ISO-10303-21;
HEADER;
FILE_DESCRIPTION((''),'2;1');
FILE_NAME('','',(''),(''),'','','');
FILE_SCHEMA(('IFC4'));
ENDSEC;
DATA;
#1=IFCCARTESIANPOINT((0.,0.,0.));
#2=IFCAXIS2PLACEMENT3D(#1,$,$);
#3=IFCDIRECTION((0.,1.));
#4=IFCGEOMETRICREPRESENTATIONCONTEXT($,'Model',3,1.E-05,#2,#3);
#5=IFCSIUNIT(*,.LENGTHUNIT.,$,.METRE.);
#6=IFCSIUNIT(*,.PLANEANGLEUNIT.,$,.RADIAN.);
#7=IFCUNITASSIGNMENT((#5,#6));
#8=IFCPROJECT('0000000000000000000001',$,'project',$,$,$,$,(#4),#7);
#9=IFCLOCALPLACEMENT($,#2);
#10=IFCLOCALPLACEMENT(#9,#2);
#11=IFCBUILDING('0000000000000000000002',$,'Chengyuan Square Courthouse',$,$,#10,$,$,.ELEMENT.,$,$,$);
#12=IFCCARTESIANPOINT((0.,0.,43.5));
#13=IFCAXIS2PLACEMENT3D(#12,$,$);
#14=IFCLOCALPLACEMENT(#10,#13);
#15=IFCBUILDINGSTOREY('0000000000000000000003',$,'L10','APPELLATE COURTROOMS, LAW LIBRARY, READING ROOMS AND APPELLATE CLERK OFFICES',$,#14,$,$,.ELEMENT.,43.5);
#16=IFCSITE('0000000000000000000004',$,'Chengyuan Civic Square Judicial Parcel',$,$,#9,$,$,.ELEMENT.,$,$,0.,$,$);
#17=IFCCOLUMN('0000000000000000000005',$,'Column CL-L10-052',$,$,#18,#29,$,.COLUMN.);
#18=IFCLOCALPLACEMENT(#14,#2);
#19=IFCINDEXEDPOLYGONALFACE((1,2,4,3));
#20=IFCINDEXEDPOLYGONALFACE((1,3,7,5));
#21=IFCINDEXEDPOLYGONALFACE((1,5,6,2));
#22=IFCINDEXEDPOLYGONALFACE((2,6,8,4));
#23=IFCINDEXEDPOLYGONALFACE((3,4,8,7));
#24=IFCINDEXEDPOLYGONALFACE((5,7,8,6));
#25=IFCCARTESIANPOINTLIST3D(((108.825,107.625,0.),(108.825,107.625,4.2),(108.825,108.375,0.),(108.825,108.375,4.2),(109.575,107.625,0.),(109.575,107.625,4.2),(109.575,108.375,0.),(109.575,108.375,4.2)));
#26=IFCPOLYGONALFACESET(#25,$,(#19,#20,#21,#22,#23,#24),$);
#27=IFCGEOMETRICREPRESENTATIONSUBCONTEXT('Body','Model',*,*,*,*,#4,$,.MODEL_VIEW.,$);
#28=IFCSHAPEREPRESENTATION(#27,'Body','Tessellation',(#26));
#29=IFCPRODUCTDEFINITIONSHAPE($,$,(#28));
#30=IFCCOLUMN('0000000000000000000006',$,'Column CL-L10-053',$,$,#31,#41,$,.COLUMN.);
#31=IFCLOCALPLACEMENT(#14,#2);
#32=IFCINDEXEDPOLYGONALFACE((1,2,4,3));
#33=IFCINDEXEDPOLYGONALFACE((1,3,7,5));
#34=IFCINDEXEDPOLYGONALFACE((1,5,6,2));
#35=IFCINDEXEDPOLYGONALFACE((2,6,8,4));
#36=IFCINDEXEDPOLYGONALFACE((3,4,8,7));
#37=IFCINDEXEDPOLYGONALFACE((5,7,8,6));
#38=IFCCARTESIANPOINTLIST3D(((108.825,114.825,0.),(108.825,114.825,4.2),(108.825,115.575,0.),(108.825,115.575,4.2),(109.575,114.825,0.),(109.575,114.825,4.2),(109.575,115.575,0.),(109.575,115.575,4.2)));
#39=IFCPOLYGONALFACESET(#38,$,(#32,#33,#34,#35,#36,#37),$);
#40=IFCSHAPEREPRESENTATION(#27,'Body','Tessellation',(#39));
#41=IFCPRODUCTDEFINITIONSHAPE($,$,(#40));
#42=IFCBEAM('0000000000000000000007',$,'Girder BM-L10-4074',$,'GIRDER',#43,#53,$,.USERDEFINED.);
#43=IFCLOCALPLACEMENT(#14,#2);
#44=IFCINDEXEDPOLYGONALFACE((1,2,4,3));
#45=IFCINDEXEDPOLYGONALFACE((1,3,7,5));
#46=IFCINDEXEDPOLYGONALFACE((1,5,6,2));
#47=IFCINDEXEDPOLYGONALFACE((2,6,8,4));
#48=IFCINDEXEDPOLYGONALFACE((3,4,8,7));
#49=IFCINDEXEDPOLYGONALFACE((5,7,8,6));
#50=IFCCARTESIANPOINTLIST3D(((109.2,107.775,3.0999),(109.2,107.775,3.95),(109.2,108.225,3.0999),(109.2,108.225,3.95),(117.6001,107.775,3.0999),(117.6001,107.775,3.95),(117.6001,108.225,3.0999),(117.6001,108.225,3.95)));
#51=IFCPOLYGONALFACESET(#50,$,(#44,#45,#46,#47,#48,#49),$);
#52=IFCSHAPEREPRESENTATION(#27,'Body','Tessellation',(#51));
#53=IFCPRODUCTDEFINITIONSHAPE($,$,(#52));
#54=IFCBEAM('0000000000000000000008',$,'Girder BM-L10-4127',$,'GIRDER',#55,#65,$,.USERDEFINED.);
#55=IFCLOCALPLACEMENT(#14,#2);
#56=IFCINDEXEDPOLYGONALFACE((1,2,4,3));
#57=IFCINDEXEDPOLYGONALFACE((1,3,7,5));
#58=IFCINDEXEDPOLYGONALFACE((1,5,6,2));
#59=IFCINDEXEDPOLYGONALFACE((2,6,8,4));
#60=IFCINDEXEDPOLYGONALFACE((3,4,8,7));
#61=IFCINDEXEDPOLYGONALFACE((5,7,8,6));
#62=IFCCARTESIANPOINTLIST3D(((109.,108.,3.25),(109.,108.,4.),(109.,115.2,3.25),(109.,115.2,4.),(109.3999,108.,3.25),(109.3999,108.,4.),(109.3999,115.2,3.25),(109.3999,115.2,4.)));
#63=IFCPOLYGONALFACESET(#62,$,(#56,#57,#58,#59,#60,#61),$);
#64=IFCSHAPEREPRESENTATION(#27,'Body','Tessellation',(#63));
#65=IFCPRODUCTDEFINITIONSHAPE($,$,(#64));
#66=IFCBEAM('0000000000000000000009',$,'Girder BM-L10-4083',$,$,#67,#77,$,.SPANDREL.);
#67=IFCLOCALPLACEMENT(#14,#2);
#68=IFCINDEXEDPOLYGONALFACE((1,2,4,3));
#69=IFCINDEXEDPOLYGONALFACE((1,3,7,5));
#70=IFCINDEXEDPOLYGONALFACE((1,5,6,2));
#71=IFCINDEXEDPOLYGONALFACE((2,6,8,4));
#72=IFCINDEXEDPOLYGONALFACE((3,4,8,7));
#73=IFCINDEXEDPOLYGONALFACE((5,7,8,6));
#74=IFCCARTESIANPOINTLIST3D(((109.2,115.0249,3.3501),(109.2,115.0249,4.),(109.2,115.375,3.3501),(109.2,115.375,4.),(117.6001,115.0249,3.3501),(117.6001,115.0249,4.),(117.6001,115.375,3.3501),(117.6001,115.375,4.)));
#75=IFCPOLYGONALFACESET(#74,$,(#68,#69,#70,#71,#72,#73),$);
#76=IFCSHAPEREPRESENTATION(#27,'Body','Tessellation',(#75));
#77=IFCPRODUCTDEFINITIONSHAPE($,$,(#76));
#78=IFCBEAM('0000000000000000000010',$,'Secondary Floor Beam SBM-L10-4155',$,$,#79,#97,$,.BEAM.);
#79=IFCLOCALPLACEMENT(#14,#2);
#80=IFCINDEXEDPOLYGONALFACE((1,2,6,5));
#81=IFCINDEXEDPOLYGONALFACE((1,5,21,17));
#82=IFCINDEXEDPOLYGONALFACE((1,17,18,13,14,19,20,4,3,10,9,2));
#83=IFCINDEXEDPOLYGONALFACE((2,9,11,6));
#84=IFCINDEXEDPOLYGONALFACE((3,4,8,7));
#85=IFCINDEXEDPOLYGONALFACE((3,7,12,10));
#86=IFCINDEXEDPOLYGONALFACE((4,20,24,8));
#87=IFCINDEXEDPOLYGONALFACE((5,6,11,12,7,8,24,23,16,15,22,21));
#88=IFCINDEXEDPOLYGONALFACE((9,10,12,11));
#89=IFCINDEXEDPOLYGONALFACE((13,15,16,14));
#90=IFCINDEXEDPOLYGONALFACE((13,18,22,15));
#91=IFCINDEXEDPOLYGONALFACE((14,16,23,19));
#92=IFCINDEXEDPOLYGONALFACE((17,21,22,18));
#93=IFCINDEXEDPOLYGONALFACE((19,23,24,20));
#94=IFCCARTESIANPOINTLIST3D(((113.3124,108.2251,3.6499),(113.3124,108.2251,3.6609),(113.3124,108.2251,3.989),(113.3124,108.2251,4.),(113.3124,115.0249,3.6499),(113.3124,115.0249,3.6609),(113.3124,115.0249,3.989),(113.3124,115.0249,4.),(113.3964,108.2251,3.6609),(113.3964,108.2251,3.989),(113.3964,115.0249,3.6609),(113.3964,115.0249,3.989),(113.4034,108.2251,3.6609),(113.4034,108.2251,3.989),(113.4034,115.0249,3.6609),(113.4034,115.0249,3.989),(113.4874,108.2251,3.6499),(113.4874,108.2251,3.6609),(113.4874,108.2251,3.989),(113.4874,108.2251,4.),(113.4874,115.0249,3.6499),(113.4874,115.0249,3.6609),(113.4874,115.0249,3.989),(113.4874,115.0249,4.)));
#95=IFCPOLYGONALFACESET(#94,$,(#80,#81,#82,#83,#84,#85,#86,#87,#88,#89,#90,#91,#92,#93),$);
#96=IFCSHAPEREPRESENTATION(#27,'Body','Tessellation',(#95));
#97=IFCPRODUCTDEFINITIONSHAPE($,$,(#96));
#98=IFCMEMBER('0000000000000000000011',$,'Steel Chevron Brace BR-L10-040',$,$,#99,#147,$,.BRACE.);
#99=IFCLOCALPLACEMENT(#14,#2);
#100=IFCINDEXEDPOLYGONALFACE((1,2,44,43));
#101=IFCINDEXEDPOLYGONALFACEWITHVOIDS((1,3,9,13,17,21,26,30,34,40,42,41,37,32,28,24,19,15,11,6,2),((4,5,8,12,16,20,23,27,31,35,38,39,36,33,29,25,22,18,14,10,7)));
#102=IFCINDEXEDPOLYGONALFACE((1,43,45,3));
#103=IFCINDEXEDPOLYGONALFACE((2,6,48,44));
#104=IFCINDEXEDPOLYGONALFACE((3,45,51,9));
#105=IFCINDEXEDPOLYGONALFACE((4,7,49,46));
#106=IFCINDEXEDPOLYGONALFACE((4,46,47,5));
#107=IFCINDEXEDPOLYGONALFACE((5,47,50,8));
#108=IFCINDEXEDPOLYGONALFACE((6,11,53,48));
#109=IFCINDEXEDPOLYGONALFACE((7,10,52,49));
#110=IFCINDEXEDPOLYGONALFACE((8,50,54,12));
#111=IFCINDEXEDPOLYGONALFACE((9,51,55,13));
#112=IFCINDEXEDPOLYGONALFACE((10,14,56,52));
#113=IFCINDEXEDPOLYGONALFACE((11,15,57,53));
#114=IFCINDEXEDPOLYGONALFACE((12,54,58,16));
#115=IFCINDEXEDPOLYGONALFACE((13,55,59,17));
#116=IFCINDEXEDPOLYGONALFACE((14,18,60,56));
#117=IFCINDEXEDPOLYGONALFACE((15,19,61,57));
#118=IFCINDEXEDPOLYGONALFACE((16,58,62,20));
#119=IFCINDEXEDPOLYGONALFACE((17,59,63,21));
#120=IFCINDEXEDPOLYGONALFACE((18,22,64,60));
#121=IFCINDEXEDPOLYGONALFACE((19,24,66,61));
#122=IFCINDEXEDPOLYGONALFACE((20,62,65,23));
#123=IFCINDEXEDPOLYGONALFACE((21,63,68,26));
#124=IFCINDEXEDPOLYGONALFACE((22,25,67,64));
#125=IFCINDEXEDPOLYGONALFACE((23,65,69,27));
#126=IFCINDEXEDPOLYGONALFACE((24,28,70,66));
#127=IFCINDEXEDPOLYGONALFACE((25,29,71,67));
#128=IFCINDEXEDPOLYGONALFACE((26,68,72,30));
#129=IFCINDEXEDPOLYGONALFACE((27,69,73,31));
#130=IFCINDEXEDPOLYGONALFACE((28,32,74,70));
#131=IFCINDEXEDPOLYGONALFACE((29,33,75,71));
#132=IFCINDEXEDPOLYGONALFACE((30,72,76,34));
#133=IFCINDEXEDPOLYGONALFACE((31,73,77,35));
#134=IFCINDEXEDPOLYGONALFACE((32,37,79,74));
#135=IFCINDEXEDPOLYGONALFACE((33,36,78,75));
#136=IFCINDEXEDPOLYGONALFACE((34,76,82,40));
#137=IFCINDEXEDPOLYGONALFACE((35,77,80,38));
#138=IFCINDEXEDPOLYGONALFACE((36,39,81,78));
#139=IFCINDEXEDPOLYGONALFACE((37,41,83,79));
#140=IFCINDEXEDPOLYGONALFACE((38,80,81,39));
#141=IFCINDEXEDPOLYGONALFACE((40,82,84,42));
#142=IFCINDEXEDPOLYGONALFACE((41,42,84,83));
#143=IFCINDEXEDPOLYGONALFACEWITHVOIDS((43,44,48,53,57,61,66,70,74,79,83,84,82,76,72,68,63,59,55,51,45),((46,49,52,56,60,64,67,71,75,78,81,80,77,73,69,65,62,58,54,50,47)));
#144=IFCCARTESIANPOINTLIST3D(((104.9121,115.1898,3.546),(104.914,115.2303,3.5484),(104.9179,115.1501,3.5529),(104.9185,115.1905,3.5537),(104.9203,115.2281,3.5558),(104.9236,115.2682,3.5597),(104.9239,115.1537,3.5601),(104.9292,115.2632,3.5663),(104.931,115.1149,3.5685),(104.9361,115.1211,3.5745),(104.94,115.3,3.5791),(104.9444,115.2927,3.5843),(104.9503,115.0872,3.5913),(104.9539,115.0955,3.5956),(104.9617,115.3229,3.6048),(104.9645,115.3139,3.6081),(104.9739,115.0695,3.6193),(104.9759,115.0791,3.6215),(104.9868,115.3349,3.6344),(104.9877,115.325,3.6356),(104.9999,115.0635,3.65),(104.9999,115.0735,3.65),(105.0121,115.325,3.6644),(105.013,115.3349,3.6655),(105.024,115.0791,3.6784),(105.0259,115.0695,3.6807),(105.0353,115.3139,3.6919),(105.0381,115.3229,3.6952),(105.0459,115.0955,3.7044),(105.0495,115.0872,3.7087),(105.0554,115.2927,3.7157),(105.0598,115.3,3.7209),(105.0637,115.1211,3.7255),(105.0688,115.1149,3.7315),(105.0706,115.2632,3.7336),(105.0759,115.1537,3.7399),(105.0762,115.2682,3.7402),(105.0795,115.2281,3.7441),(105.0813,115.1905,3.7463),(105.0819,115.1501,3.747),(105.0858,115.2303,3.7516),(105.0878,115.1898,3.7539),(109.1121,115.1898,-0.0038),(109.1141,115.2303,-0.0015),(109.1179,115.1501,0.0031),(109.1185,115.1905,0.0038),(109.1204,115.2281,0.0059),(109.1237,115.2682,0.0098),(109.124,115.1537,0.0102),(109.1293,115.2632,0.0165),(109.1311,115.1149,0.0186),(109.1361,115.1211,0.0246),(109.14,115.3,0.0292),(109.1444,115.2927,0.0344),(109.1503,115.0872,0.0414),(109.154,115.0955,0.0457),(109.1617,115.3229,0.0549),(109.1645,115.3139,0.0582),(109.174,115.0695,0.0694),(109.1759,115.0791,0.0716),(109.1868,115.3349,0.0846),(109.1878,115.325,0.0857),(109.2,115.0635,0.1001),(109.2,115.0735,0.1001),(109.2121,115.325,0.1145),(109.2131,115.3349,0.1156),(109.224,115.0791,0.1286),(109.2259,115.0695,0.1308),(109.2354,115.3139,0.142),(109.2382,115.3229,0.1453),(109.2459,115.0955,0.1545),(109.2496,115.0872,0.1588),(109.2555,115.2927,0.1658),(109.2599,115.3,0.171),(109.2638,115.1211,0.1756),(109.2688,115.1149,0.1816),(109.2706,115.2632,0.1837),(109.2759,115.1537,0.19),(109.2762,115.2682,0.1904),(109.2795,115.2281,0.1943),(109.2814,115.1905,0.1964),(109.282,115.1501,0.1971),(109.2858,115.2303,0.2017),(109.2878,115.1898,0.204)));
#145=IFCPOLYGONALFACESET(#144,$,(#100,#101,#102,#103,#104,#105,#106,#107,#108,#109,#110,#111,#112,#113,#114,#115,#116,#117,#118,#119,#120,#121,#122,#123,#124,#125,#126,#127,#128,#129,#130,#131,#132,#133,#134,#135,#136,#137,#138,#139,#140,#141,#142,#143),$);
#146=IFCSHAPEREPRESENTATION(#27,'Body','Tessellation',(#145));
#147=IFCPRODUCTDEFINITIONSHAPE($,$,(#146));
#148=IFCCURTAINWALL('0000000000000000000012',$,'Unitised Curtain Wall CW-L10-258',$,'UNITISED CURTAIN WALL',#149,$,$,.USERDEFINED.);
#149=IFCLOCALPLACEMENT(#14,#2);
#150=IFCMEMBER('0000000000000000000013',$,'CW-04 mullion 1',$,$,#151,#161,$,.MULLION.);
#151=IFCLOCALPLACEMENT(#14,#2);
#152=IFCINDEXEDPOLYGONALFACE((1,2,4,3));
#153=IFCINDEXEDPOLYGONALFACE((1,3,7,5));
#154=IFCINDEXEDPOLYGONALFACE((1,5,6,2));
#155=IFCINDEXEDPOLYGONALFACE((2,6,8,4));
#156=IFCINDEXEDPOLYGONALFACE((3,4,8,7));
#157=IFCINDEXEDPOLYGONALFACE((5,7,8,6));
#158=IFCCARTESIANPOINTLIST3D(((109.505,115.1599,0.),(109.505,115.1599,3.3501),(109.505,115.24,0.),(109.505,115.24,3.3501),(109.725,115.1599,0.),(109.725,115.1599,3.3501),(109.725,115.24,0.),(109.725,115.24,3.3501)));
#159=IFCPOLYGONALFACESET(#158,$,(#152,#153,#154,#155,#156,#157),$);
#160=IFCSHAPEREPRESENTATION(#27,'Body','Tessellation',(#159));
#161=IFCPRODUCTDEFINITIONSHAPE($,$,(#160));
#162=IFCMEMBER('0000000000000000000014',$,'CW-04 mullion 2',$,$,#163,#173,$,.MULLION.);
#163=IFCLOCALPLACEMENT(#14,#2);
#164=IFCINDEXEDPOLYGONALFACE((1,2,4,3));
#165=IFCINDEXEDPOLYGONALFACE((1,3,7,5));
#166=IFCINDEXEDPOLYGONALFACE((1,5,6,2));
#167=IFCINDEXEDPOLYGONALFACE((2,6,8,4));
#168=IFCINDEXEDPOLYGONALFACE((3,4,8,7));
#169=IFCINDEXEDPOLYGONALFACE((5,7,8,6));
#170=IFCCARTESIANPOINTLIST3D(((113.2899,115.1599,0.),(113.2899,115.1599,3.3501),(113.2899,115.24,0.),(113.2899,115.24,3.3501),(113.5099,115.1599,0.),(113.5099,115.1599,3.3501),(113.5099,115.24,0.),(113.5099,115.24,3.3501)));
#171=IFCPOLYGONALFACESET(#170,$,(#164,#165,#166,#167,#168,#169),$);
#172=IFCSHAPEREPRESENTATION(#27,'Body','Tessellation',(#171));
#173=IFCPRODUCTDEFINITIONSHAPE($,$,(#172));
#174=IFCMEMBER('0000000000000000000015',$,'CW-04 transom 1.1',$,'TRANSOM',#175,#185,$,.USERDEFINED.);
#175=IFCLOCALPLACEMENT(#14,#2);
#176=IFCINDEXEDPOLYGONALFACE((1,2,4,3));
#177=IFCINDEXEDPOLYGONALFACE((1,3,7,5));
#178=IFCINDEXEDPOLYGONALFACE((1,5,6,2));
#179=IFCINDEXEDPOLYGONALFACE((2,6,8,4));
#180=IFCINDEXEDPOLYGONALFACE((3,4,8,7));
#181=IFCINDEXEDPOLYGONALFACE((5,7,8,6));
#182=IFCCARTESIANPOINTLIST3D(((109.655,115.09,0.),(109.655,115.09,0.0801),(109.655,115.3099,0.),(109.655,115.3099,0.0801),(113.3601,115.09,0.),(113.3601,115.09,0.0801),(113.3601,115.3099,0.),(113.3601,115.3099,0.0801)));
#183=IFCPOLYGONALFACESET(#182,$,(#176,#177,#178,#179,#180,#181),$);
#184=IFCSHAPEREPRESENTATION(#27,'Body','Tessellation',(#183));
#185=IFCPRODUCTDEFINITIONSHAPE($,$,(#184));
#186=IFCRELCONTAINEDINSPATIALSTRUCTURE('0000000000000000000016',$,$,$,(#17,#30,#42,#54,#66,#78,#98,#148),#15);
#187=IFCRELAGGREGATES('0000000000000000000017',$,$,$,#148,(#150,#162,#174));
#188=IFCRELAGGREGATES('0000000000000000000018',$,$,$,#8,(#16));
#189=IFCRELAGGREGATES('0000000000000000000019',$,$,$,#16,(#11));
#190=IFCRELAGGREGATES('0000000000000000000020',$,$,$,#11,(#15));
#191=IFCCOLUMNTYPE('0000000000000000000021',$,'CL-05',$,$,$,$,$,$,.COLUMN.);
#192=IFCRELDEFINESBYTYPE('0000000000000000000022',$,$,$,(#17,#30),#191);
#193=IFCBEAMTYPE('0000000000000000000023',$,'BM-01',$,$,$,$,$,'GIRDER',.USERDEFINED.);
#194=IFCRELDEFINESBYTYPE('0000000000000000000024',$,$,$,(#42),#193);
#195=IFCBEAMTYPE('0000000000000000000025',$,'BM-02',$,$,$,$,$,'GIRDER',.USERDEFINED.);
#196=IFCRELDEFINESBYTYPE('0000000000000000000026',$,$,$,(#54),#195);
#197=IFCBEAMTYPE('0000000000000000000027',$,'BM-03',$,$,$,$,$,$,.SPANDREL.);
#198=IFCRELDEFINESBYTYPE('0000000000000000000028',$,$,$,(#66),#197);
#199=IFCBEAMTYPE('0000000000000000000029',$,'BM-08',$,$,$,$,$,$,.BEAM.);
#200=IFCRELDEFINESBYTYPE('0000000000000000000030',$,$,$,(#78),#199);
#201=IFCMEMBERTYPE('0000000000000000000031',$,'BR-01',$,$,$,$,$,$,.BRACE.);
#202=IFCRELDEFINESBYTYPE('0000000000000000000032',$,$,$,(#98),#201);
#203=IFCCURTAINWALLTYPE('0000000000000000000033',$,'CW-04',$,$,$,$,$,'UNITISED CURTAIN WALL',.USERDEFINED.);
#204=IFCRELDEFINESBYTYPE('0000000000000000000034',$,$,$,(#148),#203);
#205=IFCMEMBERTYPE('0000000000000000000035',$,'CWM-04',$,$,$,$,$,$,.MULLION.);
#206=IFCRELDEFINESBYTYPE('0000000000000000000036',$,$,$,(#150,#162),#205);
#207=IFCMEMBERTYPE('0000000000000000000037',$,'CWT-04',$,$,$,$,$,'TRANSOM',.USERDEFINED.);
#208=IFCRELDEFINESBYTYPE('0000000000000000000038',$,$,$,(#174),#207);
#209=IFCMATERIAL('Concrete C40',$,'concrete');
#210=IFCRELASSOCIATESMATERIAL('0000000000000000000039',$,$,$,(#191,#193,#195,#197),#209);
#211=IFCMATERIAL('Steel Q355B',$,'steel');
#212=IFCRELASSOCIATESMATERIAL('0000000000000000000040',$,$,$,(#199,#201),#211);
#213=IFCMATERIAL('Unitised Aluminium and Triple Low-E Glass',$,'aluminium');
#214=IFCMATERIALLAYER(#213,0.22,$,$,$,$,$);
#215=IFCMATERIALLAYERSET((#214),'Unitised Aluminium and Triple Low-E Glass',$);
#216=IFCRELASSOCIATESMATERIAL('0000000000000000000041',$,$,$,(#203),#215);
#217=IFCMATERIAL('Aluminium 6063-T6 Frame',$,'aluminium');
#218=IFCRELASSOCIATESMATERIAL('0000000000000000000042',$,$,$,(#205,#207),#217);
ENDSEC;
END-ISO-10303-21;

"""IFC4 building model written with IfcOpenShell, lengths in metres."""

from ifc_helpers import new_model, si_unit, direction, frame, origin, origin_2d, place, context, subcontext, project, spatial, rectangle, hollow_circle, i_section, extrude, material, layer, layer_set, material_profile, profile_set, type_object, element, aggregate, save


model = new_model("IFC4")

# Units and contexts
model_context = context("Model", 3, precision=1e-05, world=origin(), true_north=direction((0.0, 1.0)))
body_context = subcontext(model_context, "Body", "Model", "MODEL_VIEW")
ifc_project = project(units=[si_unit("LENGTHUNIT", "METRE"), si_unit("PLANEANGLEUNIT", "RADIAN")], contexts=[model_context])

# Site, building, storey
site_placement = place(None, origin())
site = spatial("IfcSite", under=ifc_project, at=site_placement, Name="Chengyuan Civic Square Judicial Parcel", CompositionType="ELEMENT", RefElevation=0.0)
building_placement = place(site_placement, origin())
building = spatial("IfcBuilding", under=site, at=building_placement, Name="Chengyuan Square Courthouse", CompositionType="ELEMENT")
storey_placement = place(building_placement, frame((0.0, 0.0, 43.5)))
storey = spatial("IfcBuildingStorey", under=building, at=storey_placement, Name="L10", Description="APPELLATE COURTROOMS, LAW LIBRARY, READING ROOMS AND APPELLATE CLERK OFFICES", CompositionType="ELEMENT", Elevation=43.5)

# Columns
ifc_material_1 = material(Name="Concrete C40", Category="concrete")
ifc_material_profile_1 = material_profile(ifc_material_1, rectangle(XDim=0.75, YDim=0.75, at=origin_2d()), Name="RC-COL-750x750")
ifc_profile_set_1 = profile_set([ifc_material_profile_1], Name="Concrete C40")
column_type = type_object("IfcColumnType", Name="CL-05", PredefinedType="COLUMN", material=ifc_profile_set_1)
for number, where, z_axis, x_axis, name in (
    (1, (109.2, 108.0, 0.0), (0.0, 0.0, 1.0), (1.0, 0.0, 0.0), "Column CL-L10-052"),
    (2, (109.2, 115.2, 0.0), (0.0, 0.0, 1.0), (1.0, 0.0, 0.0), "Column CL-L10-053"),
):
    element("IfcColumn", number, at=place(storey_placement, frame(where, z_axis=z_axis, x_axis=x_axis)), inside=storey, type_object=column_type, Name=name, PredefinedType="COLUMN", context=body_context, shape_type="SweptSolid", body=[
        extrude(rectangle(XDim=0.75, YDim=0.75, at=origin_2d()), origin(), (0.0, 0.0, 1.0), 4.2),
    ])

# Beams
ifc_material_profile_2 = material_profile(ifc_material_1, rectangle(XDim=0.45, YDim=0.8501, at=origin_2d()), Name="RC-BM-450x850")
ifc_profile_set_2 = profile_set([ifc_material_profile_2], Name="Concrete C40")
beam_type_1 = type_object("IfcBeamType", Name="BM-01", ElementType="GIRDER", PredefinedType="USERDEFINED", material=ifc_profile_set_2)
beam_1_placement = place(storey_placement, frame((109.2, 108.0, 3.5249), z_axis=(1.0, 0.0, 0.0), x_axis=(0.0, 1.0, 0.0)))
element("IfcBeam", 3, at=beam_1_placement, inside=storey, type_object=beam_type_1, Name="Girder BM-L10-4074", ObjectType="GIRDER", PredefinedType="USERDEFINED", context=body_context, shape_type="SweptSolid", body=[
    extrude(rectangle(XDim=0.45, YDim=0.8501, at=origin_2d()), origin(), (0.0, 0.0, 1.0), 8.4001),
])
ifc_material_profile_3 = material_profile(ifc_material_1, rectangle(XDim=0.3999, YDim=0.75, at=origin_2d()), Name="RC-BM-400x750")
ifc_profile_set_3 = profile_set([ifc_material_profile_3], Name="Concrete C40")
beam_type_2 = type_object("IfcBeamType", Name="BM-02", ElementType="GIRDER", PredefinedType="USERDEFINED", material=ifc_profile_set_3)
beam_2_placement = place(storey_placement, frame((109.2, 108.0, 3.625), z_axis=(0.0, 1.0, 0.0), x_axis=(-1.0, 0.0, 0.0)))
element("IfcBeam", 4, at=beam_2_placement, inside=storey, type_object=beam_type_2, Name="Girder BM-L10-4127", ObjectType="GIRDER", PredefinedType="USERDEFINED", context=body_context, shape_type="SweptSolid", body=[
    extrude(rectangle(XDim=0.3999, YDim=0.75, at=origin_2d()), origin(), (0.0, 0.0, 1.0), 7.2),
])
ifc_material_profile_4 = material_profile(ifc_material_1, rectangle(XDim=0.3501, YDim=0.6499, at=origin_2d()), Name="RC-BM-350x650")
ifc_profile_set_4 = profile_set([ifc_material_profile_4], Name="Concrete C40")
beam_type_3 = type_object("IfcBeamType", Name="BM-03", PredefinedType="SPANDREL", material=ifc_profile_set_4)
beam_3_placement = place(storey_placement, frame((109.2, 115.2, 3.675), z_axis=(1.0, 0.0, 0.0), x_axis=(0.0, 1.0, 0.0)))
element("IfcBeam", 5, at=beam_3_placement, inside=storey, type_object=beam_type_3, Name="Girder BM-L10-4083", PredefinedType="SPANDREL", context=body_context, shape_type="SweptSolid", body=[
    extrude(rectangle(XDim=0.3501, YDim=0.6499, at=origin_2d()), origin(), (0.0, 0.0, 1.0), 8.4001),
])
ifc_material_2 = material(Name="Steel Q355B", Category="steel")
ifc_material_profile_5 = material_profile(ifc_material_2, i_section(OverallWidth=0.175, OverallDepth=0.3501, WebThickness=0.0071, FlangeThickness=0.011, at=origin_2d()), Name="HN 350x175x7x11")
ifc_profile_set_5 = profile_set([ifc_material_profile_5], Name="Steel Q355B")
beam_type_4 = type_object("IfcBeamType", Name="BM-08", PredefinedType="BEAM", material=ifc_profile_set_5)
beam_4_placement = place(storey_placement, frame((113.3999, 108.2251, 3.825), z_axis=(0.0, 1.0, 0.0), x_axis=(-1.0, 0.0, 0.0)))
element("IfcBeam", 6, at=beam_4_placement, inside=storey, type_object=beam_type_4, Name="Secondary Floor Beam SBM-L10-4155", PredefinedType="BEAM", context=body_context, shape_type="SweptSolid", body=[
    extrude(i_section(OverallWidth=0.175, OverallDepth=0.3501, WebThickness=0.0071, FlangeThickness=0.011, at=origin_2d()), origin(), (0.0, 0.0, 1.0), 6.7998),
])

# Member
ifc_material_profile_6 = material_profile(ifc_material_2, hollow_circle(Radius=0.1365, WallThickness=0.01, at=origin_2d()), Name="CHS 273x10")
ifc_profile_set_6 = profile_set([ifc_material_profile_6], Name="Steel Q355B")
member_type_1 = type_object("IfcMemberType", Name="BR-01", PredefinedType="BRACE", material=ifc_profile_set_6)
member_1_placement = place(storey_placement, frame((109.2, 115.2, 0.1001), z_axis=(-0.763745, 0.0, 0.645518), x_axis=(0.0, -1.0, 0.0)))
element("IfcMember", 7, at=member_1_placement, inside=storey, type_object=member_type_1, Name="Steel Chevron Brace BR-L10-040", PredefinedType="BRACE", context=body_context, shape_type="SweptSolid", body=[
    extrude(hollow_circle(Radius=0.1365, WallThickness=0.01, at=origin_2d()), origin(), (0.0, 0.0, 1.0), 5.4993),
])

# Curtain wall, members
ifc_material_3 = material(Name="Unitised Aluminium and Triple Low-E Glass", Category="aluminium")
ifc_layer_1 = layer(ifc_material_3, 0.22)
ifc_layer_set_1 = layer_set([ifc_layer_1], Name="Unitised Aluminium and Triple Low-E Glass")
curtain_wall_type = type_object("IfcCurtainWallType", Name="CW-04", ElementType="UNITISED CURTAIN WALL", PredefinedType="USERDEFINED", material=ifc_layer_set_1)
curtain_wall_placement = place(storey_placement, origin())
curtain_wall = element("IfcCurtainWall", 8, at=curtain_wall_placement, inside=storey, type_object=curtain_wall_type, Name="Unitised Curtain Wall CW-L10-258", ObjectType="UNITISED CURTAIN WALL", PredefinedType="USERDEFINED")
ifc_material_4 = material(Name="Aluminium 6063-T6 Frame", Category="aluminium")
ifc_material_profile_7 = material_profile(ifc_material_4, rectangle(XDim=0.0801, YDim=0.22, at=origin_2d()), Name="CW-MUL-80x220")
ifc_profile_set_7 = profile_set([ifc_material_profile_7], Name="Aluminium 6063-T6 Frame")
member_type_2 = type_object("IfcMemberType", Name="CWM-04", PredefinedType="MULLION", material=ifc_profile_set_7)
member_2_placement = place(storey_placement, frame((109.615, 115.2, 0.0), z_axis=(0.0, 0.0, 1.0), x_axis=(0.0, 1.0, 0.0)))
member_2 = element("IfcMember", 9, at=member_2_placement, type_object=member_type_2, Name="CW-04 mullion 1", PredefinedType="MULLION", context=body_context, shape_type="SweptSolid", body=[
    extrude(rectangle(XDim=0.0801, YDim=0.22, at=origin_2d()), origin(), (0.0, 0.0, 1.0), 3.3501),
])
member_3_placement = place(storey_placement, frame((113.3999, 115.2, 0.0), z_axis=(0.0, 0.0, 1.0), x_axis=(0.0, 1.0, 0.0)))
member_3 = element("IfcMember", 10, at=member_3_placement, type_object=member_type_2, Name="CW-04 mullion 2", PredefinedType="MULLION", context=body_context, shape_type="SweptSolid", body=[
    extrude(rectangle(XDim=0.0801, YDim=0.22, at=origin_2d()), origin(), (0.0, 0.0, 1.0), 3.3501),
])
ifc_material_profile_8 = material_profile(ifc_material_4, rectangle(XDim=0.22, YDim=0.0801, at=origin_2d()), Name="CW-TRN-80x180")
ifc_profile_set_8 = profile_set([ifc_material_profile_8], Name="Aluminium 6063-T6 Frame")
member_type_3 = type_object("IfcMemberType", Name="CWT-04", ElementType="TRANSOM", PredefinedType="USERDEFINED", material=ifc_profile_set_8)
member_4_placement = place(storey_placement, frame((109.655, 115.2, 0.04), z_axis=(1.0, 0.0, 0.0), x_axis=(0.0, 1.0, 0.0)))
member_4 = element("IfcMember", 11, at=member_4_placement, type_object=member_type_3, Name="CW-04 transom 1.1", ObjectType="TRANSOM", PredefinedType="USERDEFINED", context=body_context, shape_type="SweptSolid", body=[
    extrude(rectangle(XDim=0.22, YDim=0.0801, at=origin_2d()), origin(), (0.0, 0.0, 1.0), 3.7051),
])
aggregate(curtain_wall, [member_2, member_3, member_4])

save(model, "model.ifc")
